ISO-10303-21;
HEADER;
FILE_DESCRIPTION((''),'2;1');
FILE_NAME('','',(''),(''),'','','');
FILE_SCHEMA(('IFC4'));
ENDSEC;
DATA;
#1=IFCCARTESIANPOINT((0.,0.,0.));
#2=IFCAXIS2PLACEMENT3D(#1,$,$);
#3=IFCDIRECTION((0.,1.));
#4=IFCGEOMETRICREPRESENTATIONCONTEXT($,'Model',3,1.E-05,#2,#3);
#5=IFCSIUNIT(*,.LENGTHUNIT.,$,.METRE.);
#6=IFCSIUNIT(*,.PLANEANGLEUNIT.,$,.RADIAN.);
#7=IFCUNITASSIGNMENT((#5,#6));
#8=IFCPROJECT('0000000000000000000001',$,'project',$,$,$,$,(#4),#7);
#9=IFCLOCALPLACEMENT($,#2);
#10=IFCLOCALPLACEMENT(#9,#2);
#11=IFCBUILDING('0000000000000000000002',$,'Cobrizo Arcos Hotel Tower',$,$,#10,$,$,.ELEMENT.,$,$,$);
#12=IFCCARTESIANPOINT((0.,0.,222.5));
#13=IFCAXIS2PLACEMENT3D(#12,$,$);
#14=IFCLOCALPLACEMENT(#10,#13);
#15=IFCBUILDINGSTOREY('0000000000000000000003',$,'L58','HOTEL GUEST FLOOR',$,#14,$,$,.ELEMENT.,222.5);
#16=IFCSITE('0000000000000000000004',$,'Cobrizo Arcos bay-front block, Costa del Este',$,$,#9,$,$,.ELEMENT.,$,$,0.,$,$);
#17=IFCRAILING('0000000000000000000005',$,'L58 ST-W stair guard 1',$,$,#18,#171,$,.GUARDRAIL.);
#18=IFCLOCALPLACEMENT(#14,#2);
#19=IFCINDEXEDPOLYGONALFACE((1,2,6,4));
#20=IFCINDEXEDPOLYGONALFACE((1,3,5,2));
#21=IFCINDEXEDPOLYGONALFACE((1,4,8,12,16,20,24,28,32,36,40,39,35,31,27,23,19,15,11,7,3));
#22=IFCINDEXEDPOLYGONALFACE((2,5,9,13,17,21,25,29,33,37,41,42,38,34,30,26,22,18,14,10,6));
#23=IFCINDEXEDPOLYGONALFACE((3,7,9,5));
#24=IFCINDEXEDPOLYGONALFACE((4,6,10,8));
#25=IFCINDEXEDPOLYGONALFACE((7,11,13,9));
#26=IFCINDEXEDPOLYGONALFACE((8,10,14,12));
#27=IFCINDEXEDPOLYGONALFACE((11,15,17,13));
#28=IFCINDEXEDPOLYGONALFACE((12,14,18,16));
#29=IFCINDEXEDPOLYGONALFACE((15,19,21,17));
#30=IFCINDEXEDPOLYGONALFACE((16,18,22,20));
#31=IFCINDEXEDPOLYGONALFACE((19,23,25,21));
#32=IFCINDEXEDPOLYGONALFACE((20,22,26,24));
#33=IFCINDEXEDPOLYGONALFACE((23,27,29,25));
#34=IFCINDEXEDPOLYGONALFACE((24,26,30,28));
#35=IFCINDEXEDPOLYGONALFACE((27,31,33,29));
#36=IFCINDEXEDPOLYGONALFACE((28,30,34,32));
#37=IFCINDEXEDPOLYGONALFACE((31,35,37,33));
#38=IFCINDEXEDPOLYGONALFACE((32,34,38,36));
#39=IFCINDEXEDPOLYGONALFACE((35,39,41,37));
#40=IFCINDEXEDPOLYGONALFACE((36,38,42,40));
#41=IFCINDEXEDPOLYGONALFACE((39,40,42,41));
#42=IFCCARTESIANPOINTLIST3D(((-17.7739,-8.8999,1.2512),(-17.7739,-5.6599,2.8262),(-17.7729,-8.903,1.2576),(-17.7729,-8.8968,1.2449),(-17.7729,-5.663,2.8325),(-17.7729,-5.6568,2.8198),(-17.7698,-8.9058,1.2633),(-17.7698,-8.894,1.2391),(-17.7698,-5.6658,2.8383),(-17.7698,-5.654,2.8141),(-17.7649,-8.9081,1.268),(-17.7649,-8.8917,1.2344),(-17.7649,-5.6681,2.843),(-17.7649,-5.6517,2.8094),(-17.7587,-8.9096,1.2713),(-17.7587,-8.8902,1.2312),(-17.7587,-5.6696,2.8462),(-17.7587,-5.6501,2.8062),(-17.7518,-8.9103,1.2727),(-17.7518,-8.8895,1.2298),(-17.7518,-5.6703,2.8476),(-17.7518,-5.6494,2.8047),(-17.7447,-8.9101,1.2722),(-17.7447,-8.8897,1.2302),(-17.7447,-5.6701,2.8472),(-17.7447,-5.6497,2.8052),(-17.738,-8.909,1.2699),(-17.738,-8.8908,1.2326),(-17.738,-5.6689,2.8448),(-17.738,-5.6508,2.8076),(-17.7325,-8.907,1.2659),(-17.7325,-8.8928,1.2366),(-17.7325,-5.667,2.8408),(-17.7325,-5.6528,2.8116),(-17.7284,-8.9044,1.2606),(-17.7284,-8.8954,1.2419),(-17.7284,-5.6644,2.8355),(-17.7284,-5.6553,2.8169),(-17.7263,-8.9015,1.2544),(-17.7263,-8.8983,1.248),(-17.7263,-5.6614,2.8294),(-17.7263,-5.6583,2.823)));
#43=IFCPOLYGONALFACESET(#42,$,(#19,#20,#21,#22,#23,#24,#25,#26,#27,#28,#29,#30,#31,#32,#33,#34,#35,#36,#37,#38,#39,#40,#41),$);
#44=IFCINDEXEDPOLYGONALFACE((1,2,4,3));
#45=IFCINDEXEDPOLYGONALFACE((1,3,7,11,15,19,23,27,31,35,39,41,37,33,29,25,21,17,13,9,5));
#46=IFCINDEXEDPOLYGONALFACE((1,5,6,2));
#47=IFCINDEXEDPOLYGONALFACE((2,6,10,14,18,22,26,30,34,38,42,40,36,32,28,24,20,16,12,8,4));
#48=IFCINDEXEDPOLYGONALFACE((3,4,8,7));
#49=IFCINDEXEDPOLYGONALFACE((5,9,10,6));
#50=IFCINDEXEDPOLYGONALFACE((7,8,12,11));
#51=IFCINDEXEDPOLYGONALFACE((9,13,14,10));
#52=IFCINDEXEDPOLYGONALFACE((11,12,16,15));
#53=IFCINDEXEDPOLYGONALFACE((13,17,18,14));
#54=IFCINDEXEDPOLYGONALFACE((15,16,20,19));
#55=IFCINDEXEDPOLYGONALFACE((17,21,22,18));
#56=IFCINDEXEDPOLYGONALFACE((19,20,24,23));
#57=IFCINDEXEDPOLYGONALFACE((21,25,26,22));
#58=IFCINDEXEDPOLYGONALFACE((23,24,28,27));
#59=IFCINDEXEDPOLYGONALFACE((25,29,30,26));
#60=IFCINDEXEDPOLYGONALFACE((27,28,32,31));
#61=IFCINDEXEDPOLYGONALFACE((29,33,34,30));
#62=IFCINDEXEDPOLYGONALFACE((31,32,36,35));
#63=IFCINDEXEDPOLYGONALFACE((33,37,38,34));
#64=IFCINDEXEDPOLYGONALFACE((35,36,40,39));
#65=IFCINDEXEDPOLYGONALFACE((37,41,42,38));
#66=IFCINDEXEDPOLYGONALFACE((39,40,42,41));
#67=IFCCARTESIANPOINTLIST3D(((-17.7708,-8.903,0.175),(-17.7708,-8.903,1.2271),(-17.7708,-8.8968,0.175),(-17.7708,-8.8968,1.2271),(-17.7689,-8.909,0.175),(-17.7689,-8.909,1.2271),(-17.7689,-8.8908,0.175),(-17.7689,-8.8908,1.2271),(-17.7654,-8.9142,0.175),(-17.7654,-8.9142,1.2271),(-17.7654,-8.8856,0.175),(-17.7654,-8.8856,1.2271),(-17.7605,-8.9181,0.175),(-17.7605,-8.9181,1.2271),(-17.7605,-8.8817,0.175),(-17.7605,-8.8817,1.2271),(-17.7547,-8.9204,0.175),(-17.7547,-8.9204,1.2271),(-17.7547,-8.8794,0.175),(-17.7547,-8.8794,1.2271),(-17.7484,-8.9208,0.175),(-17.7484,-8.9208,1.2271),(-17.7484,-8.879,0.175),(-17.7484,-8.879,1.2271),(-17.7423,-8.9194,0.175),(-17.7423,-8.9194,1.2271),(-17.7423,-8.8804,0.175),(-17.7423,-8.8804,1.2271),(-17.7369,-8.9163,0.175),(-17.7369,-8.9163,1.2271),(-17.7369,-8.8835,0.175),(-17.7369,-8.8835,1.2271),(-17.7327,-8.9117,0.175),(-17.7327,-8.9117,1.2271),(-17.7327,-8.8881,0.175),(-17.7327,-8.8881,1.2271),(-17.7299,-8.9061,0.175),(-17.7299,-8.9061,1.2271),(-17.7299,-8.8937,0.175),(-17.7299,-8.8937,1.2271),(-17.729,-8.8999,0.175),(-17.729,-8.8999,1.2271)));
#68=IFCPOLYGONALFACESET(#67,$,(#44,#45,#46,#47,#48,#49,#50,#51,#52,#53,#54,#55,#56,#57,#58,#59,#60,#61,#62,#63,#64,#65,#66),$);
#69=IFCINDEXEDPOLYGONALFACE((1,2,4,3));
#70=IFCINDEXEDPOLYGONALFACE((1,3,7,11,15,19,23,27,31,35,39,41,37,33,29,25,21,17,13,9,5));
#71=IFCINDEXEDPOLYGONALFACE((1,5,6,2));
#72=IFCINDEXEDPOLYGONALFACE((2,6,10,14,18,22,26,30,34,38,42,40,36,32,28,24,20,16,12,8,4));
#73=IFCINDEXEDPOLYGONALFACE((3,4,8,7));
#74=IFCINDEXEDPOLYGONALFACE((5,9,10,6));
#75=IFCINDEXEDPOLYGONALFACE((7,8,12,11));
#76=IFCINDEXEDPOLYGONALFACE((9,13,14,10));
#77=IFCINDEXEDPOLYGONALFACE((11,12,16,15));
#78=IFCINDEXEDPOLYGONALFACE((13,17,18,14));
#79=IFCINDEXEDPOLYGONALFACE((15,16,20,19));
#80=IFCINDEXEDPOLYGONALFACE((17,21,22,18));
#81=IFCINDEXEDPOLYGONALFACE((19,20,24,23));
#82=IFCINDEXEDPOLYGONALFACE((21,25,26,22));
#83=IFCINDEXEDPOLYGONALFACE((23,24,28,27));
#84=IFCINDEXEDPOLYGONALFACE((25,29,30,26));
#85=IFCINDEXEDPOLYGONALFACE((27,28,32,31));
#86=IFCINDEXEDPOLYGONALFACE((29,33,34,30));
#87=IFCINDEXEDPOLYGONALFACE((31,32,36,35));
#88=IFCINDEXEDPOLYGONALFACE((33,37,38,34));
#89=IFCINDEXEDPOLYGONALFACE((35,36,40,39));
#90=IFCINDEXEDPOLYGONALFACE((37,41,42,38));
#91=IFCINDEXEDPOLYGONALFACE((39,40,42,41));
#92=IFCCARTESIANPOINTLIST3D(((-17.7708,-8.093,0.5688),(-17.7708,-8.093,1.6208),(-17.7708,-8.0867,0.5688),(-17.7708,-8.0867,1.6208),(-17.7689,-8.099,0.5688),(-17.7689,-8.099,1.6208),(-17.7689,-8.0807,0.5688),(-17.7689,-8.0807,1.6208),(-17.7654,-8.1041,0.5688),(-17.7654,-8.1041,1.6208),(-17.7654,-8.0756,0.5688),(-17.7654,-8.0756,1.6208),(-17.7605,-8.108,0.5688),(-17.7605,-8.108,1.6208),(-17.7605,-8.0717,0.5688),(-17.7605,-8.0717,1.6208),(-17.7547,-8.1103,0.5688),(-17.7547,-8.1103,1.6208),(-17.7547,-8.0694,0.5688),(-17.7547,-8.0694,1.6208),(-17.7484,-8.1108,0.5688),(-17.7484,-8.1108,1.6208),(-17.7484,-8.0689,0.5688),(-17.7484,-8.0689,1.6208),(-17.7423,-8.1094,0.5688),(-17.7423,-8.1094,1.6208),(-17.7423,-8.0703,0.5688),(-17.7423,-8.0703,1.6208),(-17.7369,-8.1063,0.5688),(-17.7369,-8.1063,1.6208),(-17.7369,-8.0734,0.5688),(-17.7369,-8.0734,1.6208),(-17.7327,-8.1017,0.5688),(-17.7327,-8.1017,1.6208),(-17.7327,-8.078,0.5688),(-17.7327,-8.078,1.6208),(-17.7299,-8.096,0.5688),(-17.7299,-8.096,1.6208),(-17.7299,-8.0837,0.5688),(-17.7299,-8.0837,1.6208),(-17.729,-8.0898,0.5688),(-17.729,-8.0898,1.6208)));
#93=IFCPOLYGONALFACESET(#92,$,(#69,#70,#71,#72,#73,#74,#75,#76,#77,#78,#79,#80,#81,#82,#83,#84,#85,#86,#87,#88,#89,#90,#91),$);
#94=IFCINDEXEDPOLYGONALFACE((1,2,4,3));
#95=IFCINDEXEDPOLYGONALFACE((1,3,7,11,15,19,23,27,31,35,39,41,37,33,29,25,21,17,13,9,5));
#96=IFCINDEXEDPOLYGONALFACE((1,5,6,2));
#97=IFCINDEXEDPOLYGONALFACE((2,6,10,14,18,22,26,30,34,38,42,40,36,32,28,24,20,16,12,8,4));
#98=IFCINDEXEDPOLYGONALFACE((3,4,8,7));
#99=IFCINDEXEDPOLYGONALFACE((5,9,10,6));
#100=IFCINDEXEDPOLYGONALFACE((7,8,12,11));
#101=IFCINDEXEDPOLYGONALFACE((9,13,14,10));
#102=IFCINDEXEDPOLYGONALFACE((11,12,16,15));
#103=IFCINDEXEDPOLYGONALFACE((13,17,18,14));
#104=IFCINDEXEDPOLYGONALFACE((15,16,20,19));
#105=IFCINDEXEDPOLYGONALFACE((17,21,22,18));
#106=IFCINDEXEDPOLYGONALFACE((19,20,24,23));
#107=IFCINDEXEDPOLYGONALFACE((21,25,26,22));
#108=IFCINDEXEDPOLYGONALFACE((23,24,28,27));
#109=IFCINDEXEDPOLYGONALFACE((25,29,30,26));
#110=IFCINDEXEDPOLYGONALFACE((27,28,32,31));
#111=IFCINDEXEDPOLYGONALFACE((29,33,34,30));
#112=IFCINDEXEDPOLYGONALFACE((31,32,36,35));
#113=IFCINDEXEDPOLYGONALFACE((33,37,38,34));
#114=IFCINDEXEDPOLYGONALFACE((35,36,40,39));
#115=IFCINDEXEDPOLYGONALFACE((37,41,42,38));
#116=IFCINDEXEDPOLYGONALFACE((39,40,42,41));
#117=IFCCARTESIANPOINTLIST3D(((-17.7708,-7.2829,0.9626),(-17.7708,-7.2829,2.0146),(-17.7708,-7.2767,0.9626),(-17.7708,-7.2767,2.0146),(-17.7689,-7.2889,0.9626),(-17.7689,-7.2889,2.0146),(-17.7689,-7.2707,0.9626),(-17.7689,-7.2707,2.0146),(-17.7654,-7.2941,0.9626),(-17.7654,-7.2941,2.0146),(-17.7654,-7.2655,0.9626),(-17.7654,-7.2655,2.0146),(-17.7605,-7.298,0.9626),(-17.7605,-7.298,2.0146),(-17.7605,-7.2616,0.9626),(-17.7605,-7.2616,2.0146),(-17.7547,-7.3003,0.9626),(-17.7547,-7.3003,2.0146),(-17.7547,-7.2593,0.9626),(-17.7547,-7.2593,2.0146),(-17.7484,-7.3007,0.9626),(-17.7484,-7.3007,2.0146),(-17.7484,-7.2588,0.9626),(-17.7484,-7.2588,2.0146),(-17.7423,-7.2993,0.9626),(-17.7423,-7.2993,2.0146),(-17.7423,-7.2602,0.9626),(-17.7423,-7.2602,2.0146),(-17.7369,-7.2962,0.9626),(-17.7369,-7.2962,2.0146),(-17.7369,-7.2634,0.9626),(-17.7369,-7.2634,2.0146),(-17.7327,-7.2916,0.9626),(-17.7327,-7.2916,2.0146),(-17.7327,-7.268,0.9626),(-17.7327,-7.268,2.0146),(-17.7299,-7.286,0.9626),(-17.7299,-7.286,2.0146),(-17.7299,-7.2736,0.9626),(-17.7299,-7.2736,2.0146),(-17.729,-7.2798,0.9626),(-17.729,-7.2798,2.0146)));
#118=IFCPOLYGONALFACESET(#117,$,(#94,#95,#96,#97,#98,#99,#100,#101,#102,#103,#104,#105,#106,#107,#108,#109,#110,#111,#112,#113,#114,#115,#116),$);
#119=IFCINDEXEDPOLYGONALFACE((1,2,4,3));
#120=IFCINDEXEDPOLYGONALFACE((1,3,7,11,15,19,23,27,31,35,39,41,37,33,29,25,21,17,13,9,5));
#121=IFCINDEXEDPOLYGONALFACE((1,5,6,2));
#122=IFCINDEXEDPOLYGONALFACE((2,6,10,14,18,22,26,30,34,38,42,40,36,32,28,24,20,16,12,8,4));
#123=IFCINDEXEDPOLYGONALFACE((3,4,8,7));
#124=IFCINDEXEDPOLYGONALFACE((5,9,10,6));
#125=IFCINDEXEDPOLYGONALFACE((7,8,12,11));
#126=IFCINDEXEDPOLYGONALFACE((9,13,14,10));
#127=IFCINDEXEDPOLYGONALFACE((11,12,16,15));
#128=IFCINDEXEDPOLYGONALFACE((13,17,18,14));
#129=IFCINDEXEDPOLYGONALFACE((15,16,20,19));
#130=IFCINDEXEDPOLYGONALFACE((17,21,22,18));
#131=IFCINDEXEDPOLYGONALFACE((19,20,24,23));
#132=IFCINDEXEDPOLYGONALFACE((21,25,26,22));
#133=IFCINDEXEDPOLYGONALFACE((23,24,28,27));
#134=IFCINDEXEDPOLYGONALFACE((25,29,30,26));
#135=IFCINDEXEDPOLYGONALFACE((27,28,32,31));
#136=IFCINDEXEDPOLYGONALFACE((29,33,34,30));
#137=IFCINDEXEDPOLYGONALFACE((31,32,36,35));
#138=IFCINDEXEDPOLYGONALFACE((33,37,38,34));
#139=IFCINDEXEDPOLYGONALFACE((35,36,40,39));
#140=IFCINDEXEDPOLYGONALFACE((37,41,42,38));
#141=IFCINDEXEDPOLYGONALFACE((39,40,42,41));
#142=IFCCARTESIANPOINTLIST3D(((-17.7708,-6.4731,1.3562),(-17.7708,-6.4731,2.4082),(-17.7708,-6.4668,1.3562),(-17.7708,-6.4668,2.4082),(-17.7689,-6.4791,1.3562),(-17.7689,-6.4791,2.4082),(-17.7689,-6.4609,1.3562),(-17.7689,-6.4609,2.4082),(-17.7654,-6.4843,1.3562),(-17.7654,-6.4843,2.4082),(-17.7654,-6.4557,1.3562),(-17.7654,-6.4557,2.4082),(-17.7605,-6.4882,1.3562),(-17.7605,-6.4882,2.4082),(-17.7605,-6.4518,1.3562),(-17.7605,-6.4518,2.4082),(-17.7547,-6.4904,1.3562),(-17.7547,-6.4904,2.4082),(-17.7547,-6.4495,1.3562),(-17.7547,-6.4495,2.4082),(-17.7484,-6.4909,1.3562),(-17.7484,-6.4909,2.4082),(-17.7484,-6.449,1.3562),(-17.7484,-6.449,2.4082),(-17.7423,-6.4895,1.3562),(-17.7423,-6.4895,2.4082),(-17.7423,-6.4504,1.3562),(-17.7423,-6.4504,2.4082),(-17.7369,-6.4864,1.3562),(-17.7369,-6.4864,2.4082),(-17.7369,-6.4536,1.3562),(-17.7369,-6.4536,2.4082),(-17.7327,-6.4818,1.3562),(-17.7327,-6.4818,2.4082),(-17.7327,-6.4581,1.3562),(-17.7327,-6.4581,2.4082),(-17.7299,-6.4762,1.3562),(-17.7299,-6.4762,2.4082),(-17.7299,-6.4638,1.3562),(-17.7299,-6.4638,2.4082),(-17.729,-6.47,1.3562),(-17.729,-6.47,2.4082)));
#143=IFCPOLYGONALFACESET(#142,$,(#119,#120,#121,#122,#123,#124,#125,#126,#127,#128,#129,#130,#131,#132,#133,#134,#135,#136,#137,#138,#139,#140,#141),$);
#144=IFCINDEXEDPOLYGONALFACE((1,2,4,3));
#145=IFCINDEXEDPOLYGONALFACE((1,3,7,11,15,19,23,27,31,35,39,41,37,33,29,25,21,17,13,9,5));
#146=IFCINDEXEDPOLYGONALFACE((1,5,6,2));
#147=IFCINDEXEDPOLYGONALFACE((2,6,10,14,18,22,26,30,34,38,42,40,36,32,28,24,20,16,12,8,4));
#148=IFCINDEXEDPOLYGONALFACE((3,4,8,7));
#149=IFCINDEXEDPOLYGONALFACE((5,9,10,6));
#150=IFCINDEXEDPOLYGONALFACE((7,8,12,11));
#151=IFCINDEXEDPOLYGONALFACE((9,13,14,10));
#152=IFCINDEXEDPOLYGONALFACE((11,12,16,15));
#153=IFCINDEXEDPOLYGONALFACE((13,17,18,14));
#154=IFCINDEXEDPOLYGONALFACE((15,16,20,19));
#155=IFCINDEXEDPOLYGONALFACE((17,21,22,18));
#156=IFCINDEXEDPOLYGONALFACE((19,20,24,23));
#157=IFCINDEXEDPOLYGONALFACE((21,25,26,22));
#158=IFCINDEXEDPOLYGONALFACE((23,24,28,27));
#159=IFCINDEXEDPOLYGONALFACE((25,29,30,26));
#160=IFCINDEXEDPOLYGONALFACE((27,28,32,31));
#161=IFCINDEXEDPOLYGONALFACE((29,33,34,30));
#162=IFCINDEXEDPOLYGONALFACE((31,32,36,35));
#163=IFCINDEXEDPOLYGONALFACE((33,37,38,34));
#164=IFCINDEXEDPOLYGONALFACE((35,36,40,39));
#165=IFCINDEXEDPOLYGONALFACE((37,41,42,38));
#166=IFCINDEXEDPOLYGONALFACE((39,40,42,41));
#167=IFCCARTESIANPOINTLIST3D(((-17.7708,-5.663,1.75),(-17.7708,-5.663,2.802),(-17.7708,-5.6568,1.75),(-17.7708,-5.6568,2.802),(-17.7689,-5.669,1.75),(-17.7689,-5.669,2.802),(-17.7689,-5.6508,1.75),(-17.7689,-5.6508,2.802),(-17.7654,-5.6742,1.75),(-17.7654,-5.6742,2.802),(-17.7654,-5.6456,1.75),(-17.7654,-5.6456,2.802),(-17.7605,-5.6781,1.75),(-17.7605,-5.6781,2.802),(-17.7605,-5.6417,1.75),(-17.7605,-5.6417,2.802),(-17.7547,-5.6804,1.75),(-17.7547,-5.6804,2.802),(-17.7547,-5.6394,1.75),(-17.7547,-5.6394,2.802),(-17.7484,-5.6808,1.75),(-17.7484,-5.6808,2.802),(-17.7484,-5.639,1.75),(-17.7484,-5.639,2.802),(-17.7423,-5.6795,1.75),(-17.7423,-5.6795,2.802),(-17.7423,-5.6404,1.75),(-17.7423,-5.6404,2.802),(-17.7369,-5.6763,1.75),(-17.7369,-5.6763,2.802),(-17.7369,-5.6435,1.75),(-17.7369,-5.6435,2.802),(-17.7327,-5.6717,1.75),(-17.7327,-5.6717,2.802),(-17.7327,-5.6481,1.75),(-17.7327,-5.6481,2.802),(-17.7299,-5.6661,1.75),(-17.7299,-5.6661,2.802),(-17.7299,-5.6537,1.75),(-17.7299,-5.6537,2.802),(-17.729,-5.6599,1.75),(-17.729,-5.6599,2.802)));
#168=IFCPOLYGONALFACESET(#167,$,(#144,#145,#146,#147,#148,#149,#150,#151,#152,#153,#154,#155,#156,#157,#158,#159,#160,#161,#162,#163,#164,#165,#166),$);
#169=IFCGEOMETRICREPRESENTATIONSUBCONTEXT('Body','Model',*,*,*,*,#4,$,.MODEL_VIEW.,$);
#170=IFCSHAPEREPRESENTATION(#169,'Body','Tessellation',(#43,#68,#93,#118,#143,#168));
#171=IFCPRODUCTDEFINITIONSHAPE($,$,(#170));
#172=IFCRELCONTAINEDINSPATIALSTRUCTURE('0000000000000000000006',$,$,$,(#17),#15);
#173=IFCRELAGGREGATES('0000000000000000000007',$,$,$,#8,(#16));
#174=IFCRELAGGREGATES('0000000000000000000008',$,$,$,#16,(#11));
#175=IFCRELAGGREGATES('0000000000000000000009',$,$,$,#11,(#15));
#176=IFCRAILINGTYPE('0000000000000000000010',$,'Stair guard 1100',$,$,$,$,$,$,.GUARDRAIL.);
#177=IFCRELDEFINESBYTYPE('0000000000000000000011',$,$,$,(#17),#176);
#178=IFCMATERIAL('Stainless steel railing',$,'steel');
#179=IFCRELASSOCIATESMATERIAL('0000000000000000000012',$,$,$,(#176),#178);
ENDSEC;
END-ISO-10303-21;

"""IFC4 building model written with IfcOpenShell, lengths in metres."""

from ifc_helpers import new_model, si_unit, direction, frame, origin, origin_2d, place, context, subcontext, project, spatial, circle, extrude, material, type_object, element, save


model = new_model("IFC4")

# Units and contexts
model_context = context("Model", 3, precision=1e-05, world=origin(), true_north=direction((0.0, 1.0)))
body_context = subcontext(model_context, "Body", "Model", "MODEL_VIEW")
ifc_project = project(units=[si_unit("LENGTHUNIT", "METRE"), si_unit("PLANEANGLEUNIT", "RADIAN")], contexts=[model_context])

# Site, building, storey
site_placement = place(None, origin())
site = spatial("IfcSite", under=ifc_project, at=site_placement, Name="Cobrizo Arcos bay-front block, Costa del Este", CompositionType="ELEMENT", RefElevation=0.0)
building_placement = place(site_placement, origin())
building = spatial("IfcBuilding", under=site, at=building_placement, Name="Cobrizo Arcos Hotel Tower", CompositionType="ELEMENT")
storey_placement = place(building_placement, frame((0.0, 0.0, 222.5)))
storey = spatial("IfcBuildingStorey", under=building, at=storey_placement, Name="L58", Description="HOTEL GUEST FLOOR", CompositionType="ELEMENT", Elevation=222.5)

# Railing
ifc_material_1 = material(Name="Stainless steel railing", Category="steel")
railing_type_1 = type_object("IfcRailingType", Name="Stair guard 1100", PredefinedType="GUARDRAIL", material=ifc_material_1)
railing_1_placement = place(storey_placement, frame((-17.75, -8.8999, 0.175)))
element("IfcRailing", 1, at=railing_1_placement, inside=storey, type_object=railing_type_1, Name="L58 ST-W stair guard 1", PredefinedType="GUARDRAIL", context=body_context, shape_type="SweptSolid", body=[
    extrude(circle(Radius=0.0239, at=origin_2d()), frame((0.0, 0.0, 1.0762), z_axis=(0.0, 0.899373, 0.437183), x_axis=(-1.0, 0.0, 0.0)), (0.0, 0.0, 1.0), 3.6025),
    extrude(circle(Radius=0.021, at=origin_2d()), origin(), (0.0, 0.0, 1.0), 1.052),
    extrude(circle(Radius=0.021, at=origin_2d()), frame((0.0, 0.8101, 0.3938)), (0.0, 0.0, 1.0), 1.052),
    extrude(circle(Radius=0.021, at=origin_2d()), frame((0.0, 1.6201, 0.7876)), (0.0, 0.0, 1.0), 1.052),
    extrude(circle(Radius=0.021, at=origin_2d()), frame((0.0, 2.4299, 1.1812)), (0.0, 0.0, 1.0), 1.052),
    extrude(circle(Radius=0.021, at=origin_2d()), frame((0.0, 3.24, 1.575)), (0.0, 0.0, 1.0), 1.052),
])

save(model, "model.ifc")
